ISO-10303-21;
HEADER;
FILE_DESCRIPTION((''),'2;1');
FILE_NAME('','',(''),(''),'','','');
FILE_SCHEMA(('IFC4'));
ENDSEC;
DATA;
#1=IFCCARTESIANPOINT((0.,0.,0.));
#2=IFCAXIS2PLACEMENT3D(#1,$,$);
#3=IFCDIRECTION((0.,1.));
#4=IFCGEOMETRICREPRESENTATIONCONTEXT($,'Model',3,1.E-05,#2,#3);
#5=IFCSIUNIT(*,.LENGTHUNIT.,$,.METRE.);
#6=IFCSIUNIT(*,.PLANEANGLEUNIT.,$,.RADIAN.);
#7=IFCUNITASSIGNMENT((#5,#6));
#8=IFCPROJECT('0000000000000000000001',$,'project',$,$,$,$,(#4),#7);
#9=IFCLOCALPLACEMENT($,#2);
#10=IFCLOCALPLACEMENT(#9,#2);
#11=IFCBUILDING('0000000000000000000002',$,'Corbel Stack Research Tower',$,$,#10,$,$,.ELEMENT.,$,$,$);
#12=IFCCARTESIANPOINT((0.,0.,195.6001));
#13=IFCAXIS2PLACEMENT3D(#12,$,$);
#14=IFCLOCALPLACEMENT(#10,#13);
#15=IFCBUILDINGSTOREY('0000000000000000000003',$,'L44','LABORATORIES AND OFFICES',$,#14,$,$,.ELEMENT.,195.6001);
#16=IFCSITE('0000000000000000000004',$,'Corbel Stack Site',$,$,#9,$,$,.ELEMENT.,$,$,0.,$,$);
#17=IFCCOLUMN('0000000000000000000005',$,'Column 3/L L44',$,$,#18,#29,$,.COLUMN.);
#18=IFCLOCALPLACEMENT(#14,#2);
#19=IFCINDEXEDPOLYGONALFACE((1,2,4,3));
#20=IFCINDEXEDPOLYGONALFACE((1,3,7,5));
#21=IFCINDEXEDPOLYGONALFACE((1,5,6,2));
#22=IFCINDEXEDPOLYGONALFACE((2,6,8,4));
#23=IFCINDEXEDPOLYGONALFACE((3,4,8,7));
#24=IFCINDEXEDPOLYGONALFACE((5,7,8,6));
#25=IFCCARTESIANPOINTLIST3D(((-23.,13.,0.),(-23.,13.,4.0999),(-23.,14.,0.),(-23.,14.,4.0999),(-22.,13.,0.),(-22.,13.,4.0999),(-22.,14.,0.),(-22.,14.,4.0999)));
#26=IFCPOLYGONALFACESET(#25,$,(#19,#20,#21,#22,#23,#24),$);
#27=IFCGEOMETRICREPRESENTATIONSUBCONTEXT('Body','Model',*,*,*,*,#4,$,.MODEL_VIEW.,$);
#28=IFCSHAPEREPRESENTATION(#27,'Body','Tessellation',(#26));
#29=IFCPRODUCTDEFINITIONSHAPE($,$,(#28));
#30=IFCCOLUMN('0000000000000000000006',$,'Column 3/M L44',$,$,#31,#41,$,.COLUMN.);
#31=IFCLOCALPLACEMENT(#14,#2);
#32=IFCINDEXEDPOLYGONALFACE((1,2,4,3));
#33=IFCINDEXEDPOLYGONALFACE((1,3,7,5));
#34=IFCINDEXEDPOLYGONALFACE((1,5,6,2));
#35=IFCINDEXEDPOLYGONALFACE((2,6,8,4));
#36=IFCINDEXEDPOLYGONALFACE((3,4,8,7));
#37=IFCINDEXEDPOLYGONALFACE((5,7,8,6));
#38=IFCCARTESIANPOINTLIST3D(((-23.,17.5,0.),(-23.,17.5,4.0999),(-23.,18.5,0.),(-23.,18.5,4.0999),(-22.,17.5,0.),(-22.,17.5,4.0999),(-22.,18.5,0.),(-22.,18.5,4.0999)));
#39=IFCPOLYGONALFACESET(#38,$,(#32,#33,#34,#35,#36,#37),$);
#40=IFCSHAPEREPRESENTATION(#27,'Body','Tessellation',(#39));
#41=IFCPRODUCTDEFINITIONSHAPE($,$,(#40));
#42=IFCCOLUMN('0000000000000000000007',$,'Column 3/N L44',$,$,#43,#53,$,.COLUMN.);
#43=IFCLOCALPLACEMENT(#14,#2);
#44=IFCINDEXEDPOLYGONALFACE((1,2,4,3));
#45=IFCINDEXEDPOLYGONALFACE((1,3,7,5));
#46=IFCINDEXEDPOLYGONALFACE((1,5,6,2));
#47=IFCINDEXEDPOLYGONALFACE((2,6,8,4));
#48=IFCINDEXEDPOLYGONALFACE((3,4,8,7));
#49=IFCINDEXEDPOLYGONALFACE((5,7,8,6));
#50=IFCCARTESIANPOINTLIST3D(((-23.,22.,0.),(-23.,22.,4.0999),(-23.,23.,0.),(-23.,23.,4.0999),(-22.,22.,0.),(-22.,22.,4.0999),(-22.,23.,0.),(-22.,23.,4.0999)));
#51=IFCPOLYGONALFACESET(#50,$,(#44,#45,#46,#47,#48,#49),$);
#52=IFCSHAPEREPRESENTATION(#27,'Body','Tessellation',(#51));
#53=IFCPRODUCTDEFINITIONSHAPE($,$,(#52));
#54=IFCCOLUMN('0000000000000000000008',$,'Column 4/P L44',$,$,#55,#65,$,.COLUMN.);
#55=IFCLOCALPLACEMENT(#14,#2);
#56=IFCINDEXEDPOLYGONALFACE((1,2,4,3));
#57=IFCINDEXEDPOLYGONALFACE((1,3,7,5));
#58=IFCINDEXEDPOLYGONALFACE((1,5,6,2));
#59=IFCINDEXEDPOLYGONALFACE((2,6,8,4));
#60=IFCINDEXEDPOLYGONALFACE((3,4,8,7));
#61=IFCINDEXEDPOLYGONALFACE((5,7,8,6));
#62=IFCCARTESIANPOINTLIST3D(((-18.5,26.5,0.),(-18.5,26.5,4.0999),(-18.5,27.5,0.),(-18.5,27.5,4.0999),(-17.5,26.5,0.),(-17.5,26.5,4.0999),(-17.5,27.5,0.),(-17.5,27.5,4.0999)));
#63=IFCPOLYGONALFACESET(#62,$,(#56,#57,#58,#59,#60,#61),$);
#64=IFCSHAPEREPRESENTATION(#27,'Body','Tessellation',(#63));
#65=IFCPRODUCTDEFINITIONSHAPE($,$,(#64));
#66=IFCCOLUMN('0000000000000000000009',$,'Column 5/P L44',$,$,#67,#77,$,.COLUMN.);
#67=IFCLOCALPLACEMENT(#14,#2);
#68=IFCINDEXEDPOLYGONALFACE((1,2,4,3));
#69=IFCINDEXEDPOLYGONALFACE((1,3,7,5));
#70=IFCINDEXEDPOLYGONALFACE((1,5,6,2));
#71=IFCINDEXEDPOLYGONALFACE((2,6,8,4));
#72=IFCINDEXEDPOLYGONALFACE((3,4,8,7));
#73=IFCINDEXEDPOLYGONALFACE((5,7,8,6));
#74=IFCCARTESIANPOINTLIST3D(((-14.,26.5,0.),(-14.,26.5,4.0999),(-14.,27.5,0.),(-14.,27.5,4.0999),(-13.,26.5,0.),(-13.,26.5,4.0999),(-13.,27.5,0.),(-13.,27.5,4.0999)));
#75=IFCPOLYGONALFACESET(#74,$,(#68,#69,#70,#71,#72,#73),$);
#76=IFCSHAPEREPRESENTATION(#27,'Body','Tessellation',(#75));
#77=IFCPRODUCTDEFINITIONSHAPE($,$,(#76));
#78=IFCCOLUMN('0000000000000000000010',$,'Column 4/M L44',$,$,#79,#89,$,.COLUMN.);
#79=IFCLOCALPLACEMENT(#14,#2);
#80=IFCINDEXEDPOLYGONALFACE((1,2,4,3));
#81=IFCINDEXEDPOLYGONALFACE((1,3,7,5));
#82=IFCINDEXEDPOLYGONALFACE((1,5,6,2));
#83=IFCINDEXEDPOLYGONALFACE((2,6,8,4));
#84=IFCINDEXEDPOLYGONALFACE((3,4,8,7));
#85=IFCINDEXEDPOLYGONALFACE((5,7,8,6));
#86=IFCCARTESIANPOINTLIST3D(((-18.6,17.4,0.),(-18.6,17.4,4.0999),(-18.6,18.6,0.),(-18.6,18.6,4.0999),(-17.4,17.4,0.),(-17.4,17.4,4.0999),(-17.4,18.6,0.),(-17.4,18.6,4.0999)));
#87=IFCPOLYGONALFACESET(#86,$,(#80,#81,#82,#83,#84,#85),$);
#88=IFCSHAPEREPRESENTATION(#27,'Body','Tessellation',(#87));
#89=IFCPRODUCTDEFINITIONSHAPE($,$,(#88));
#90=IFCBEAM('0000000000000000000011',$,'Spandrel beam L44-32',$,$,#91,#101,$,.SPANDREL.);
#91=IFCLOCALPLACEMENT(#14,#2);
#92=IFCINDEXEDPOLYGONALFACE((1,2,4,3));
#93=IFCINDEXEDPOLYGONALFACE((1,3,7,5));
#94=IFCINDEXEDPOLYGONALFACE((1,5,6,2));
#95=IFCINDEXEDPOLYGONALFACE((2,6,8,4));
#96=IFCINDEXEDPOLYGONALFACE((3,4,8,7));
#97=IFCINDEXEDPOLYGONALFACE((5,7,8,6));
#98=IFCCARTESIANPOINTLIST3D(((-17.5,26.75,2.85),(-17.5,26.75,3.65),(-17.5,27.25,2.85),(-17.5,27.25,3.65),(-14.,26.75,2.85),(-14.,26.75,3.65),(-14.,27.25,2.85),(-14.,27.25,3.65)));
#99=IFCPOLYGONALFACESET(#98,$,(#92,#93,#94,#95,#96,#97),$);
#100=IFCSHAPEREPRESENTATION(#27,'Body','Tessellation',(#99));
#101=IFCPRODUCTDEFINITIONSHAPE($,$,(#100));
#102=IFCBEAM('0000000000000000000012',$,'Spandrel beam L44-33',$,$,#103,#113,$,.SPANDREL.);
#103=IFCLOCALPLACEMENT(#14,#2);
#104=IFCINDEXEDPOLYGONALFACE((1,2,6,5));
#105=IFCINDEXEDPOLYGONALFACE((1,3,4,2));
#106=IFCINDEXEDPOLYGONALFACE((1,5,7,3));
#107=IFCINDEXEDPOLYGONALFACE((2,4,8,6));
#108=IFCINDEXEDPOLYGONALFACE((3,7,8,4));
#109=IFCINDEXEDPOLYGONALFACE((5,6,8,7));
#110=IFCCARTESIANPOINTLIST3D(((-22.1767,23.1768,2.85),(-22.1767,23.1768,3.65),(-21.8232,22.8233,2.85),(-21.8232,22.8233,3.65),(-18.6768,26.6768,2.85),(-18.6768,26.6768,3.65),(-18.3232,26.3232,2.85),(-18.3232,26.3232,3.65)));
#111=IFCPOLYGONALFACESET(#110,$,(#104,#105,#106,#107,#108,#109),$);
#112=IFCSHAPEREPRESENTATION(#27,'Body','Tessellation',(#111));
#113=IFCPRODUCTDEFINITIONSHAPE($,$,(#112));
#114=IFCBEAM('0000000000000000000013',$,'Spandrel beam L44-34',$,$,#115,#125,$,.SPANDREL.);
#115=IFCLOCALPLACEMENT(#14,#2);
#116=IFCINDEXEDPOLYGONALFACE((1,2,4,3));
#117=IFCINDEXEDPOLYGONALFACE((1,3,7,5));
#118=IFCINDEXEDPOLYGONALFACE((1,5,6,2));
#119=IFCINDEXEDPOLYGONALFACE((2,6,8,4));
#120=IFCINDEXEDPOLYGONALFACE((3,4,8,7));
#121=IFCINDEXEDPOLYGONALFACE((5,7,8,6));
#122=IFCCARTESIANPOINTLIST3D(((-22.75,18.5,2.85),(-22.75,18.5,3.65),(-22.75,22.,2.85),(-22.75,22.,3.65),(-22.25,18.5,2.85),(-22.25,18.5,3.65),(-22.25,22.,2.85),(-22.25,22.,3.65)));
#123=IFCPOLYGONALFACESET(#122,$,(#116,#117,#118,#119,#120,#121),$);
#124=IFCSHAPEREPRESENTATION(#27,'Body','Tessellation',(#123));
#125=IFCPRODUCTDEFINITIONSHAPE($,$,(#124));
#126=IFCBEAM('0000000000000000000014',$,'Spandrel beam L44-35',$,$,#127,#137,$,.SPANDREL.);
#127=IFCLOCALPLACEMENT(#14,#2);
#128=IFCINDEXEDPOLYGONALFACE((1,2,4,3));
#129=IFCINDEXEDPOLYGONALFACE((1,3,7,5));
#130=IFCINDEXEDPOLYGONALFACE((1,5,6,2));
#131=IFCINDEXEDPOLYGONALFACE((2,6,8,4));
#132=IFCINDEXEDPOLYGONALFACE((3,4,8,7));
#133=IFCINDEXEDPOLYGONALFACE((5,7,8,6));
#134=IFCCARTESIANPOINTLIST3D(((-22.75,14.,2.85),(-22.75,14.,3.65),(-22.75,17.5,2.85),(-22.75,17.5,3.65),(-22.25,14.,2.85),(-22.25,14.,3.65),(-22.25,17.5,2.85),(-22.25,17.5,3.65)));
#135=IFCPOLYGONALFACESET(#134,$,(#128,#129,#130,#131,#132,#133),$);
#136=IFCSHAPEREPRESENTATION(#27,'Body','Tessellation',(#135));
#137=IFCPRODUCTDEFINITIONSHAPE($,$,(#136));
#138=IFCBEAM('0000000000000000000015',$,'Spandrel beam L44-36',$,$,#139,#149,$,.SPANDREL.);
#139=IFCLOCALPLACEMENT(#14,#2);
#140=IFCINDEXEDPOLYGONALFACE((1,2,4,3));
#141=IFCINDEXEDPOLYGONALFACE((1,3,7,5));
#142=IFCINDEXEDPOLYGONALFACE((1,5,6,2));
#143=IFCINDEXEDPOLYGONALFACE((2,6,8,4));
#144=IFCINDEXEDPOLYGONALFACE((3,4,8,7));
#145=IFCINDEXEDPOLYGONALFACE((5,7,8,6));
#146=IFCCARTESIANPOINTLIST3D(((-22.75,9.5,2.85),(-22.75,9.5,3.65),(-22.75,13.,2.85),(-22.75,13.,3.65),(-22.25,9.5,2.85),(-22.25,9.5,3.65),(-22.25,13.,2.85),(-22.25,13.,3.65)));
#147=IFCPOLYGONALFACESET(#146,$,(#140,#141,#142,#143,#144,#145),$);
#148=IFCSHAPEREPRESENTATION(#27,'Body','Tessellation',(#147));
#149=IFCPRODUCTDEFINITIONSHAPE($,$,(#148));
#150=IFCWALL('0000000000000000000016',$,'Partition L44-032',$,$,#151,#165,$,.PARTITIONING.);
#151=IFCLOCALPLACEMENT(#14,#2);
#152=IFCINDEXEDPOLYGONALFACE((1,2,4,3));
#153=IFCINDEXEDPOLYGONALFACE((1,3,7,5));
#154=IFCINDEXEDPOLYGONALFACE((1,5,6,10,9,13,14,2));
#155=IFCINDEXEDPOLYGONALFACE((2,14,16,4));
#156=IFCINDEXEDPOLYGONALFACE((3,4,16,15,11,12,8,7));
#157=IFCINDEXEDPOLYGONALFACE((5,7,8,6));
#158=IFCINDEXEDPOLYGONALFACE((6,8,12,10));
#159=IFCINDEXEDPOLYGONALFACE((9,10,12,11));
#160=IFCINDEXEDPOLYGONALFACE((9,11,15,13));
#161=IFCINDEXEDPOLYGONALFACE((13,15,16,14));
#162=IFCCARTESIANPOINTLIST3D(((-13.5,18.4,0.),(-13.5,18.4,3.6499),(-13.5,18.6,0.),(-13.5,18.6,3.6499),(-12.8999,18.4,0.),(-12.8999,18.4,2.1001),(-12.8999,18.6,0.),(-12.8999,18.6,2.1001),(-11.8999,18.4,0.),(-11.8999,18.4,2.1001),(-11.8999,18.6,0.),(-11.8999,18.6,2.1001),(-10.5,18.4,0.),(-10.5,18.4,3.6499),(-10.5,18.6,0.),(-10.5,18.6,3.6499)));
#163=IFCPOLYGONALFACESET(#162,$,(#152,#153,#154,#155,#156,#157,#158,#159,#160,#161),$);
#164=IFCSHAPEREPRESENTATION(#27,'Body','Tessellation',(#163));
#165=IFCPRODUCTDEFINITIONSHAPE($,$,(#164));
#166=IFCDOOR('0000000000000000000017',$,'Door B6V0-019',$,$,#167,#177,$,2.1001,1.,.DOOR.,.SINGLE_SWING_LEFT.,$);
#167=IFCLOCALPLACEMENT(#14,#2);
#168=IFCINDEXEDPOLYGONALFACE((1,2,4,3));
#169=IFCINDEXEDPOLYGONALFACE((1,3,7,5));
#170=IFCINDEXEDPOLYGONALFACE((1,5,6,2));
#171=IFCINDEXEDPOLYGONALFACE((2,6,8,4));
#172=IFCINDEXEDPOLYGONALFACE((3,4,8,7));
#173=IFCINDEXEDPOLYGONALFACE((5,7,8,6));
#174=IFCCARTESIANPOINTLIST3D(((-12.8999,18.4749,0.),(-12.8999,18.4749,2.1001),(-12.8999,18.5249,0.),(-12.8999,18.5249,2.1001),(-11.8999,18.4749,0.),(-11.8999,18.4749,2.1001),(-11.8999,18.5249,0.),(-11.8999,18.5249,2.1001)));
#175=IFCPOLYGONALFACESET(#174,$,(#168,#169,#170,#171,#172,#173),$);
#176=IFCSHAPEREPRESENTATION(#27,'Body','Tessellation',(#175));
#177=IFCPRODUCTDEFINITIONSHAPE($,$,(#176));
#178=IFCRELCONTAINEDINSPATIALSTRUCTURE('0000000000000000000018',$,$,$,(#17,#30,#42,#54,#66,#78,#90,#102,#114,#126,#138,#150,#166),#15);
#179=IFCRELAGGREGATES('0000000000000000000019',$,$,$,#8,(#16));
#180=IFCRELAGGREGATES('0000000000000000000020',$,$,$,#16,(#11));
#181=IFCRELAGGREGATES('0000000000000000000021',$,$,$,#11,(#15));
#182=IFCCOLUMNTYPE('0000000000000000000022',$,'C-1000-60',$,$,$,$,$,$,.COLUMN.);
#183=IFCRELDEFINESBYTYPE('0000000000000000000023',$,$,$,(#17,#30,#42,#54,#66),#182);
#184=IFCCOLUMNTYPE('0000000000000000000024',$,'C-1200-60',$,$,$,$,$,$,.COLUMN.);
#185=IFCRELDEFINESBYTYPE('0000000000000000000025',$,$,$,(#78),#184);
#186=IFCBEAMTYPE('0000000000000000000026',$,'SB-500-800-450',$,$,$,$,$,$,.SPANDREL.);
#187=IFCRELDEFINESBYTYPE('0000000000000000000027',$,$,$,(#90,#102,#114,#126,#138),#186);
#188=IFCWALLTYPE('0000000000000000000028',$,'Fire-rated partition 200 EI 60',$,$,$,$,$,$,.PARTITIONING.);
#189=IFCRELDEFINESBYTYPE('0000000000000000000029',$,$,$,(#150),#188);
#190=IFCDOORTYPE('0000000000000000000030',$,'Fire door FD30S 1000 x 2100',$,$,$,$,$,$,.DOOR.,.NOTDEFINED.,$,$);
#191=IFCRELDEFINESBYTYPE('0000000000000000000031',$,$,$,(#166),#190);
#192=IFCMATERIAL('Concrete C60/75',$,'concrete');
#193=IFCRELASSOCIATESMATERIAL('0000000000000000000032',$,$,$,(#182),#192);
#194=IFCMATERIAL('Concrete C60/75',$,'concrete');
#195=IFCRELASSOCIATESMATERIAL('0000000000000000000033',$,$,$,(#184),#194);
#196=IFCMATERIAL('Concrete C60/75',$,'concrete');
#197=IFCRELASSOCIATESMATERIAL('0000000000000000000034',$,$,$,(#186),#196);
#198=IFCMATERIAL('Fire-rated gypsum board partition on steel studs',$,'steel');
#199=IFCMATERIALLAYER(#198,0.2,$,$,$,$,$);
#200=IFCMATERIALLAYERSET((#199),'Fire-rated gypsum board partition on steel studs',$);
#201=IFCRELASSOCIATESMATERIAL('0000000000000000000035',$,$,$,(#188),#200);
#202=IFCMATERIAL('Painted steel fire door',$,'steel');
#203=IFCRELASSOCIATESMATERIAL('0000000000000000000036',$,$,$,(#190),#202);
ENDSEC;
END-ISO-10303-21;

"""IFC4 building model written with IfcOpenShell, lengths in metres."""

from ifc_helpers import new_model, si_unit, direction, frame, frame_2d, origin, origin_2d, place, context, subcontext, project, spatial, rectangle, extrude, material, layer, layer_set, material_profile, profile_set, type_object, element, fill, save


model = new_model("IFC4")

# Units and contexts
model_context = context("Model", 3, precision=1e-05, world=origin(), true_north=direction((0.0, 1.0)))
body_context = subcontext(model_context, "Body", "Model", "MODEL_VIEW")
ifc_project = project(units=[si_unit("LENGTHUNIT", "METRE"), si_unit("PLANEANGLEUNIT", "RADIAN")], contexts=[model_context])

# Site, building, storey
site_placement = place(None, origin())
site = spatial("IfcSite", under=ifc_project, at=site_placement, Name="Corbel Stack Site", CompositionType="ELEMENT", RefElevation=0.0)
building_placement = place(site_placement, origin())
building = spatial("IfcBuilding", under=site, at=building_placement, Name="Corbel Stack Research Tower", CompositionType="ELEMENT")
storey_placement = place(building_placement, frame((0.0, 0.0, 195.6001)))
storey = spatial("IfcBuildingStorey", under=building, at=storey_placement, Name="L44", Description="LABORATORIES AND OFFICES", CompositionType="ELEMENT", Elevation=195.6001)

# Columns
ifc_material_1 = material(Name="Concrete C60/75", Category="concrete")
ifc_material_profile_1 = material_profile(ifc_material_1, rectangle(XDim=1.0, YDim=1.0, at=origin_2d()), Name="RC 1000 x 1000")
ifc_profile_set_1 = profile_set([ifc_material_profile_1], Name="Concrete C60/75")
column_type_1 = type_object("IfcColumnType", Name="C-1000-60", PredefinedType="COLUMN", material=ifc_profile_set_1)
for number, where, z_axis, x_axis, name in (
    (1, (-22.5, 13.5, 0.0), (0.0, 0.0, 1.0), (1.0, 0.0, 0.0), "Column 3/L L44"),
    (2, (-22.5, 18.0, 0.0), (0.0, 0.0, 1.0), (1.0, 0.0, 0.0), "Column 3/M L44"),
    (3, (-22.5, 22.5, 0.0), (0.0, 0.0, 1.0), (1.0, 0.0, 0.0), "Column 3/N L44"),
    (4, (-18.0, 27.0, 0.0), (0.0, 0.0, 1.0), (1.0, 0.0, 0.0), "Column 4/P L44"),
    (5, (-13.5, 27.0, 0.0), (0.0, 0.0, 1.0), (1.0, 0.0, 0.0), "Column 5/P L44"),
):
    element("IfcColumn", number, at=place(storey_placement, frame(where, z_axis=z_axis, x_axis=x_axis)), inside=storey, type_object=column_type_1, Name=name, PredefinedType="COLUMN", context=body_context, shape_type="SweptSolid", body=[
        extrude(rectangle(XDim=1.0, YDim=1.0, at=origin_2d()), origin(), (0.0, 0.0, 1.0), 4.0999),
    ])
ifc_material_2 = material(Name="Concrete C60/75", Category="concrete")
ifc_material_profile_2 = material_profile(ifc_material_2, rectangle(XDim=1.2, YDim=1.2, at=origin_2d()), Name="RC 1200 x 1200")
ifc_profile_set_2 = profile_set([ifc_material_profile_2], Name="Concrete C60/75")
column_type_2 = type_object("IfcColumnType", Name="C-1200-60", PredefinedType="COLUMN", material=ifc_profile_set_2)
column_placement = place(storey_placement, frame((-18.0, 18.0, 0.0), z_axis=(0.0, 0.0, 1.0), x_axis=(1.0, 0.0, 0.0)))
element("IfcColumn", 6, at=column_placement, inside=storey, type_object=column_type_2, Name="Column 4/M L44", PredefinedType="COLUMN", context=body_context, shape_type="SweptSolid", body=[
    extrude(rectangle(XDim=1.2, YDim=1.2, at=origin_2d()), origin(), (0.0, 0.0, 1.0), 4.0999),
])

# Beams
ifc_material_3 = material(Name="Concrete C60/75", Category="concrete")
ifc_material_profile_3 = material_profile(ifc_material_3, rectangle(XDim=0.5, YDim=0.8, at=origin_2d()), Name="RC 500 x 800")
ifc_profile_set_3 = profile_set([ifc_material_profile_3], Name="Concrete C60/75")
beam_type = type_object("IfcBeamType", Name="SB-500-800-450", PredefinedType="SPANDREL", material=ifc_profile_set_3)
beam_1_placement = place(storey_placement, frame((-14.0, 27.0, 3.25), z_axis=(-1.0, 0.0, 0.0), x_axis=(0.0, -1.0, 0.0)))
element("IfcBeam", 7, at=beam_1_placement, inside=storey, type_object=beam_type, Name="Spandrel beam L44-32", PredefinedType="SPANDREL", context=body_context, shape_type="SweptSolid", body=[
    extrude(rectangle(XDim=0.5, YDim=0.8, at=origin_2d()), origin(), (0.0, 0.0, 1.0), 3.5),
])
beam_2_placement = place(storey_placement, frame((-18.5, 26.5, 3.25), z_axis=(-0.707107, -0.707107, 0.0), x_axis=(0.707107, -0.707107, 0.0)))
element("IfcBeam", 8, at=beam_2_placement, inside=storey, type_object=beam_type, Name="Spandrel beam L44-33", PredefinedType="SPANDREL", context=body_context, shape_type="SweptSolid", body=[
    extrude(rectangle(XDim=0.5, YDim=0.8, at=origin_2d()), origin(), (0.0, 0.0, 1.0), 4.9497),
])
for number, where, z_axis, x_axis, name in (
    (9, (-22.5, 22.0, 3.25), (0.0, -1.0, 0.0), (1.0, 0.0, 0.0), "Spandrel beam L44-34"),
    (10, (-22.5, 17.5, 3.25), (0.0, -1.0, 0.0), (1.0, 0.0, 0.0), "Spandrel beam L44-35"),
    (11, (-22.5, 13.0, 3.25), (0.0, -1.0, 0.0), (1.0, 0.0, 0.0), "Spandrel beam L44-36"),
):
    element("IfcBeam", number, at=place(storey_placement, frame(where, z_axis=z_axis, x_axis=x_axis)), inside=storey, type_object=beam_type, Name=name, PredefinedType="SPANDREL", context=body_context, shape_type="SweptSolid", body=[
        extrude(rectangle(XDim=0.5, YDim=0.8, at=origin_2d()), origin(), (0.0, 0.0, 1.0), 3.5),
    ])

# Wall, opening, door
ifc_material_4 = material(Name="Fire-rated gypsum board partition on steel studs", Category="steel")
ifc_layer_1 = layer(ifc_material_4, 0.2)
ifc_layer_set_1 = layer_set([ifc_layer_1], Name="Fire-rated gypsum board partition on steel studs")
wall_type_1 = type_object("IfcWallType", Name="Fire-rated partition 200 EI 60", PredefinedType="PARTITIONING", material=ifc_layer_set_1)
wall_1_placement = place(storey_placement, frame((-13.5, 18.5, 0.0), z_axis=(0.0, 0.0, 1.0), x_axis=(1.0, 0.0, 0.0)))
wall_1 = element("IfcWall", 12, at=wall_1_placement, inside=storey, type_object=wall_type_1, Name="Partition L44-032", PredefinedType="PARTITIONING", context=body_context, shape_type="SweptSolid", body=[
    extrude(rectangle(XDim=3.0, YDim=0.2, at=frame_2d((1.5, 0.0))), origin(), (0.0, 0.0, 1.0), 3.6499),
])
opening_1_placement = place(wall_1_placement, frame((0.6001, 0.0, 0.0)))
opening_1 = element("IfcOpeningElement", 13, at=opening_1_placement, cuts=wall_1, PredefinedType="OPENING", context=body_context, shape_type="SweptSolid", body=[
    extrude(rectangle(XDim=1.0, YDim=2.1001, at=frame_2d((0.5, 1.05))), frame((0.0, 0.1099, 0.0), z_axis=(0.0, -1.0, 0.0), x_axis=(1.0, 0.0, 0.0)), (0.0, 0.0, 1.0), 0.22),
])
ifc_material_5 = material(Name="Painted steel fire door", Category="steel")
door_type_1 = type_object("IfcDoorType", Name="Fire door FD30S 1000 x 2100", OperationType="NOTDEFINED", PredefinedType="DOOR", material=ifc_material_5)
door_1_placement = place(opening_1_placement, origin())
door_1 = element("IfcDoor", 14, at=door_1_placement, inside=storey, type_object=door_type_1, Name="Door B6V0-019", OperationType="SINGLE_SWING_LEFT", OverallHeight=2.1001, OverallWidth=1.0, PredefinedType="DOOR", context=body_context, shape_type="SweptSolid", body=[
    extrude(rectangle(XDim=1.0, YDim=2.1001, at=frame_2d((0.5, 1.05))), frame((0.0, 0.0249, 0.0), z_axis=(0.0, -1.0, 0.0), x_axis=(1.0, 0.0, 0.0)), (0.0, 0.0, 1.0), 0.05),
])
fill(opening_1, door_1)

save(model, "model.ifc")
